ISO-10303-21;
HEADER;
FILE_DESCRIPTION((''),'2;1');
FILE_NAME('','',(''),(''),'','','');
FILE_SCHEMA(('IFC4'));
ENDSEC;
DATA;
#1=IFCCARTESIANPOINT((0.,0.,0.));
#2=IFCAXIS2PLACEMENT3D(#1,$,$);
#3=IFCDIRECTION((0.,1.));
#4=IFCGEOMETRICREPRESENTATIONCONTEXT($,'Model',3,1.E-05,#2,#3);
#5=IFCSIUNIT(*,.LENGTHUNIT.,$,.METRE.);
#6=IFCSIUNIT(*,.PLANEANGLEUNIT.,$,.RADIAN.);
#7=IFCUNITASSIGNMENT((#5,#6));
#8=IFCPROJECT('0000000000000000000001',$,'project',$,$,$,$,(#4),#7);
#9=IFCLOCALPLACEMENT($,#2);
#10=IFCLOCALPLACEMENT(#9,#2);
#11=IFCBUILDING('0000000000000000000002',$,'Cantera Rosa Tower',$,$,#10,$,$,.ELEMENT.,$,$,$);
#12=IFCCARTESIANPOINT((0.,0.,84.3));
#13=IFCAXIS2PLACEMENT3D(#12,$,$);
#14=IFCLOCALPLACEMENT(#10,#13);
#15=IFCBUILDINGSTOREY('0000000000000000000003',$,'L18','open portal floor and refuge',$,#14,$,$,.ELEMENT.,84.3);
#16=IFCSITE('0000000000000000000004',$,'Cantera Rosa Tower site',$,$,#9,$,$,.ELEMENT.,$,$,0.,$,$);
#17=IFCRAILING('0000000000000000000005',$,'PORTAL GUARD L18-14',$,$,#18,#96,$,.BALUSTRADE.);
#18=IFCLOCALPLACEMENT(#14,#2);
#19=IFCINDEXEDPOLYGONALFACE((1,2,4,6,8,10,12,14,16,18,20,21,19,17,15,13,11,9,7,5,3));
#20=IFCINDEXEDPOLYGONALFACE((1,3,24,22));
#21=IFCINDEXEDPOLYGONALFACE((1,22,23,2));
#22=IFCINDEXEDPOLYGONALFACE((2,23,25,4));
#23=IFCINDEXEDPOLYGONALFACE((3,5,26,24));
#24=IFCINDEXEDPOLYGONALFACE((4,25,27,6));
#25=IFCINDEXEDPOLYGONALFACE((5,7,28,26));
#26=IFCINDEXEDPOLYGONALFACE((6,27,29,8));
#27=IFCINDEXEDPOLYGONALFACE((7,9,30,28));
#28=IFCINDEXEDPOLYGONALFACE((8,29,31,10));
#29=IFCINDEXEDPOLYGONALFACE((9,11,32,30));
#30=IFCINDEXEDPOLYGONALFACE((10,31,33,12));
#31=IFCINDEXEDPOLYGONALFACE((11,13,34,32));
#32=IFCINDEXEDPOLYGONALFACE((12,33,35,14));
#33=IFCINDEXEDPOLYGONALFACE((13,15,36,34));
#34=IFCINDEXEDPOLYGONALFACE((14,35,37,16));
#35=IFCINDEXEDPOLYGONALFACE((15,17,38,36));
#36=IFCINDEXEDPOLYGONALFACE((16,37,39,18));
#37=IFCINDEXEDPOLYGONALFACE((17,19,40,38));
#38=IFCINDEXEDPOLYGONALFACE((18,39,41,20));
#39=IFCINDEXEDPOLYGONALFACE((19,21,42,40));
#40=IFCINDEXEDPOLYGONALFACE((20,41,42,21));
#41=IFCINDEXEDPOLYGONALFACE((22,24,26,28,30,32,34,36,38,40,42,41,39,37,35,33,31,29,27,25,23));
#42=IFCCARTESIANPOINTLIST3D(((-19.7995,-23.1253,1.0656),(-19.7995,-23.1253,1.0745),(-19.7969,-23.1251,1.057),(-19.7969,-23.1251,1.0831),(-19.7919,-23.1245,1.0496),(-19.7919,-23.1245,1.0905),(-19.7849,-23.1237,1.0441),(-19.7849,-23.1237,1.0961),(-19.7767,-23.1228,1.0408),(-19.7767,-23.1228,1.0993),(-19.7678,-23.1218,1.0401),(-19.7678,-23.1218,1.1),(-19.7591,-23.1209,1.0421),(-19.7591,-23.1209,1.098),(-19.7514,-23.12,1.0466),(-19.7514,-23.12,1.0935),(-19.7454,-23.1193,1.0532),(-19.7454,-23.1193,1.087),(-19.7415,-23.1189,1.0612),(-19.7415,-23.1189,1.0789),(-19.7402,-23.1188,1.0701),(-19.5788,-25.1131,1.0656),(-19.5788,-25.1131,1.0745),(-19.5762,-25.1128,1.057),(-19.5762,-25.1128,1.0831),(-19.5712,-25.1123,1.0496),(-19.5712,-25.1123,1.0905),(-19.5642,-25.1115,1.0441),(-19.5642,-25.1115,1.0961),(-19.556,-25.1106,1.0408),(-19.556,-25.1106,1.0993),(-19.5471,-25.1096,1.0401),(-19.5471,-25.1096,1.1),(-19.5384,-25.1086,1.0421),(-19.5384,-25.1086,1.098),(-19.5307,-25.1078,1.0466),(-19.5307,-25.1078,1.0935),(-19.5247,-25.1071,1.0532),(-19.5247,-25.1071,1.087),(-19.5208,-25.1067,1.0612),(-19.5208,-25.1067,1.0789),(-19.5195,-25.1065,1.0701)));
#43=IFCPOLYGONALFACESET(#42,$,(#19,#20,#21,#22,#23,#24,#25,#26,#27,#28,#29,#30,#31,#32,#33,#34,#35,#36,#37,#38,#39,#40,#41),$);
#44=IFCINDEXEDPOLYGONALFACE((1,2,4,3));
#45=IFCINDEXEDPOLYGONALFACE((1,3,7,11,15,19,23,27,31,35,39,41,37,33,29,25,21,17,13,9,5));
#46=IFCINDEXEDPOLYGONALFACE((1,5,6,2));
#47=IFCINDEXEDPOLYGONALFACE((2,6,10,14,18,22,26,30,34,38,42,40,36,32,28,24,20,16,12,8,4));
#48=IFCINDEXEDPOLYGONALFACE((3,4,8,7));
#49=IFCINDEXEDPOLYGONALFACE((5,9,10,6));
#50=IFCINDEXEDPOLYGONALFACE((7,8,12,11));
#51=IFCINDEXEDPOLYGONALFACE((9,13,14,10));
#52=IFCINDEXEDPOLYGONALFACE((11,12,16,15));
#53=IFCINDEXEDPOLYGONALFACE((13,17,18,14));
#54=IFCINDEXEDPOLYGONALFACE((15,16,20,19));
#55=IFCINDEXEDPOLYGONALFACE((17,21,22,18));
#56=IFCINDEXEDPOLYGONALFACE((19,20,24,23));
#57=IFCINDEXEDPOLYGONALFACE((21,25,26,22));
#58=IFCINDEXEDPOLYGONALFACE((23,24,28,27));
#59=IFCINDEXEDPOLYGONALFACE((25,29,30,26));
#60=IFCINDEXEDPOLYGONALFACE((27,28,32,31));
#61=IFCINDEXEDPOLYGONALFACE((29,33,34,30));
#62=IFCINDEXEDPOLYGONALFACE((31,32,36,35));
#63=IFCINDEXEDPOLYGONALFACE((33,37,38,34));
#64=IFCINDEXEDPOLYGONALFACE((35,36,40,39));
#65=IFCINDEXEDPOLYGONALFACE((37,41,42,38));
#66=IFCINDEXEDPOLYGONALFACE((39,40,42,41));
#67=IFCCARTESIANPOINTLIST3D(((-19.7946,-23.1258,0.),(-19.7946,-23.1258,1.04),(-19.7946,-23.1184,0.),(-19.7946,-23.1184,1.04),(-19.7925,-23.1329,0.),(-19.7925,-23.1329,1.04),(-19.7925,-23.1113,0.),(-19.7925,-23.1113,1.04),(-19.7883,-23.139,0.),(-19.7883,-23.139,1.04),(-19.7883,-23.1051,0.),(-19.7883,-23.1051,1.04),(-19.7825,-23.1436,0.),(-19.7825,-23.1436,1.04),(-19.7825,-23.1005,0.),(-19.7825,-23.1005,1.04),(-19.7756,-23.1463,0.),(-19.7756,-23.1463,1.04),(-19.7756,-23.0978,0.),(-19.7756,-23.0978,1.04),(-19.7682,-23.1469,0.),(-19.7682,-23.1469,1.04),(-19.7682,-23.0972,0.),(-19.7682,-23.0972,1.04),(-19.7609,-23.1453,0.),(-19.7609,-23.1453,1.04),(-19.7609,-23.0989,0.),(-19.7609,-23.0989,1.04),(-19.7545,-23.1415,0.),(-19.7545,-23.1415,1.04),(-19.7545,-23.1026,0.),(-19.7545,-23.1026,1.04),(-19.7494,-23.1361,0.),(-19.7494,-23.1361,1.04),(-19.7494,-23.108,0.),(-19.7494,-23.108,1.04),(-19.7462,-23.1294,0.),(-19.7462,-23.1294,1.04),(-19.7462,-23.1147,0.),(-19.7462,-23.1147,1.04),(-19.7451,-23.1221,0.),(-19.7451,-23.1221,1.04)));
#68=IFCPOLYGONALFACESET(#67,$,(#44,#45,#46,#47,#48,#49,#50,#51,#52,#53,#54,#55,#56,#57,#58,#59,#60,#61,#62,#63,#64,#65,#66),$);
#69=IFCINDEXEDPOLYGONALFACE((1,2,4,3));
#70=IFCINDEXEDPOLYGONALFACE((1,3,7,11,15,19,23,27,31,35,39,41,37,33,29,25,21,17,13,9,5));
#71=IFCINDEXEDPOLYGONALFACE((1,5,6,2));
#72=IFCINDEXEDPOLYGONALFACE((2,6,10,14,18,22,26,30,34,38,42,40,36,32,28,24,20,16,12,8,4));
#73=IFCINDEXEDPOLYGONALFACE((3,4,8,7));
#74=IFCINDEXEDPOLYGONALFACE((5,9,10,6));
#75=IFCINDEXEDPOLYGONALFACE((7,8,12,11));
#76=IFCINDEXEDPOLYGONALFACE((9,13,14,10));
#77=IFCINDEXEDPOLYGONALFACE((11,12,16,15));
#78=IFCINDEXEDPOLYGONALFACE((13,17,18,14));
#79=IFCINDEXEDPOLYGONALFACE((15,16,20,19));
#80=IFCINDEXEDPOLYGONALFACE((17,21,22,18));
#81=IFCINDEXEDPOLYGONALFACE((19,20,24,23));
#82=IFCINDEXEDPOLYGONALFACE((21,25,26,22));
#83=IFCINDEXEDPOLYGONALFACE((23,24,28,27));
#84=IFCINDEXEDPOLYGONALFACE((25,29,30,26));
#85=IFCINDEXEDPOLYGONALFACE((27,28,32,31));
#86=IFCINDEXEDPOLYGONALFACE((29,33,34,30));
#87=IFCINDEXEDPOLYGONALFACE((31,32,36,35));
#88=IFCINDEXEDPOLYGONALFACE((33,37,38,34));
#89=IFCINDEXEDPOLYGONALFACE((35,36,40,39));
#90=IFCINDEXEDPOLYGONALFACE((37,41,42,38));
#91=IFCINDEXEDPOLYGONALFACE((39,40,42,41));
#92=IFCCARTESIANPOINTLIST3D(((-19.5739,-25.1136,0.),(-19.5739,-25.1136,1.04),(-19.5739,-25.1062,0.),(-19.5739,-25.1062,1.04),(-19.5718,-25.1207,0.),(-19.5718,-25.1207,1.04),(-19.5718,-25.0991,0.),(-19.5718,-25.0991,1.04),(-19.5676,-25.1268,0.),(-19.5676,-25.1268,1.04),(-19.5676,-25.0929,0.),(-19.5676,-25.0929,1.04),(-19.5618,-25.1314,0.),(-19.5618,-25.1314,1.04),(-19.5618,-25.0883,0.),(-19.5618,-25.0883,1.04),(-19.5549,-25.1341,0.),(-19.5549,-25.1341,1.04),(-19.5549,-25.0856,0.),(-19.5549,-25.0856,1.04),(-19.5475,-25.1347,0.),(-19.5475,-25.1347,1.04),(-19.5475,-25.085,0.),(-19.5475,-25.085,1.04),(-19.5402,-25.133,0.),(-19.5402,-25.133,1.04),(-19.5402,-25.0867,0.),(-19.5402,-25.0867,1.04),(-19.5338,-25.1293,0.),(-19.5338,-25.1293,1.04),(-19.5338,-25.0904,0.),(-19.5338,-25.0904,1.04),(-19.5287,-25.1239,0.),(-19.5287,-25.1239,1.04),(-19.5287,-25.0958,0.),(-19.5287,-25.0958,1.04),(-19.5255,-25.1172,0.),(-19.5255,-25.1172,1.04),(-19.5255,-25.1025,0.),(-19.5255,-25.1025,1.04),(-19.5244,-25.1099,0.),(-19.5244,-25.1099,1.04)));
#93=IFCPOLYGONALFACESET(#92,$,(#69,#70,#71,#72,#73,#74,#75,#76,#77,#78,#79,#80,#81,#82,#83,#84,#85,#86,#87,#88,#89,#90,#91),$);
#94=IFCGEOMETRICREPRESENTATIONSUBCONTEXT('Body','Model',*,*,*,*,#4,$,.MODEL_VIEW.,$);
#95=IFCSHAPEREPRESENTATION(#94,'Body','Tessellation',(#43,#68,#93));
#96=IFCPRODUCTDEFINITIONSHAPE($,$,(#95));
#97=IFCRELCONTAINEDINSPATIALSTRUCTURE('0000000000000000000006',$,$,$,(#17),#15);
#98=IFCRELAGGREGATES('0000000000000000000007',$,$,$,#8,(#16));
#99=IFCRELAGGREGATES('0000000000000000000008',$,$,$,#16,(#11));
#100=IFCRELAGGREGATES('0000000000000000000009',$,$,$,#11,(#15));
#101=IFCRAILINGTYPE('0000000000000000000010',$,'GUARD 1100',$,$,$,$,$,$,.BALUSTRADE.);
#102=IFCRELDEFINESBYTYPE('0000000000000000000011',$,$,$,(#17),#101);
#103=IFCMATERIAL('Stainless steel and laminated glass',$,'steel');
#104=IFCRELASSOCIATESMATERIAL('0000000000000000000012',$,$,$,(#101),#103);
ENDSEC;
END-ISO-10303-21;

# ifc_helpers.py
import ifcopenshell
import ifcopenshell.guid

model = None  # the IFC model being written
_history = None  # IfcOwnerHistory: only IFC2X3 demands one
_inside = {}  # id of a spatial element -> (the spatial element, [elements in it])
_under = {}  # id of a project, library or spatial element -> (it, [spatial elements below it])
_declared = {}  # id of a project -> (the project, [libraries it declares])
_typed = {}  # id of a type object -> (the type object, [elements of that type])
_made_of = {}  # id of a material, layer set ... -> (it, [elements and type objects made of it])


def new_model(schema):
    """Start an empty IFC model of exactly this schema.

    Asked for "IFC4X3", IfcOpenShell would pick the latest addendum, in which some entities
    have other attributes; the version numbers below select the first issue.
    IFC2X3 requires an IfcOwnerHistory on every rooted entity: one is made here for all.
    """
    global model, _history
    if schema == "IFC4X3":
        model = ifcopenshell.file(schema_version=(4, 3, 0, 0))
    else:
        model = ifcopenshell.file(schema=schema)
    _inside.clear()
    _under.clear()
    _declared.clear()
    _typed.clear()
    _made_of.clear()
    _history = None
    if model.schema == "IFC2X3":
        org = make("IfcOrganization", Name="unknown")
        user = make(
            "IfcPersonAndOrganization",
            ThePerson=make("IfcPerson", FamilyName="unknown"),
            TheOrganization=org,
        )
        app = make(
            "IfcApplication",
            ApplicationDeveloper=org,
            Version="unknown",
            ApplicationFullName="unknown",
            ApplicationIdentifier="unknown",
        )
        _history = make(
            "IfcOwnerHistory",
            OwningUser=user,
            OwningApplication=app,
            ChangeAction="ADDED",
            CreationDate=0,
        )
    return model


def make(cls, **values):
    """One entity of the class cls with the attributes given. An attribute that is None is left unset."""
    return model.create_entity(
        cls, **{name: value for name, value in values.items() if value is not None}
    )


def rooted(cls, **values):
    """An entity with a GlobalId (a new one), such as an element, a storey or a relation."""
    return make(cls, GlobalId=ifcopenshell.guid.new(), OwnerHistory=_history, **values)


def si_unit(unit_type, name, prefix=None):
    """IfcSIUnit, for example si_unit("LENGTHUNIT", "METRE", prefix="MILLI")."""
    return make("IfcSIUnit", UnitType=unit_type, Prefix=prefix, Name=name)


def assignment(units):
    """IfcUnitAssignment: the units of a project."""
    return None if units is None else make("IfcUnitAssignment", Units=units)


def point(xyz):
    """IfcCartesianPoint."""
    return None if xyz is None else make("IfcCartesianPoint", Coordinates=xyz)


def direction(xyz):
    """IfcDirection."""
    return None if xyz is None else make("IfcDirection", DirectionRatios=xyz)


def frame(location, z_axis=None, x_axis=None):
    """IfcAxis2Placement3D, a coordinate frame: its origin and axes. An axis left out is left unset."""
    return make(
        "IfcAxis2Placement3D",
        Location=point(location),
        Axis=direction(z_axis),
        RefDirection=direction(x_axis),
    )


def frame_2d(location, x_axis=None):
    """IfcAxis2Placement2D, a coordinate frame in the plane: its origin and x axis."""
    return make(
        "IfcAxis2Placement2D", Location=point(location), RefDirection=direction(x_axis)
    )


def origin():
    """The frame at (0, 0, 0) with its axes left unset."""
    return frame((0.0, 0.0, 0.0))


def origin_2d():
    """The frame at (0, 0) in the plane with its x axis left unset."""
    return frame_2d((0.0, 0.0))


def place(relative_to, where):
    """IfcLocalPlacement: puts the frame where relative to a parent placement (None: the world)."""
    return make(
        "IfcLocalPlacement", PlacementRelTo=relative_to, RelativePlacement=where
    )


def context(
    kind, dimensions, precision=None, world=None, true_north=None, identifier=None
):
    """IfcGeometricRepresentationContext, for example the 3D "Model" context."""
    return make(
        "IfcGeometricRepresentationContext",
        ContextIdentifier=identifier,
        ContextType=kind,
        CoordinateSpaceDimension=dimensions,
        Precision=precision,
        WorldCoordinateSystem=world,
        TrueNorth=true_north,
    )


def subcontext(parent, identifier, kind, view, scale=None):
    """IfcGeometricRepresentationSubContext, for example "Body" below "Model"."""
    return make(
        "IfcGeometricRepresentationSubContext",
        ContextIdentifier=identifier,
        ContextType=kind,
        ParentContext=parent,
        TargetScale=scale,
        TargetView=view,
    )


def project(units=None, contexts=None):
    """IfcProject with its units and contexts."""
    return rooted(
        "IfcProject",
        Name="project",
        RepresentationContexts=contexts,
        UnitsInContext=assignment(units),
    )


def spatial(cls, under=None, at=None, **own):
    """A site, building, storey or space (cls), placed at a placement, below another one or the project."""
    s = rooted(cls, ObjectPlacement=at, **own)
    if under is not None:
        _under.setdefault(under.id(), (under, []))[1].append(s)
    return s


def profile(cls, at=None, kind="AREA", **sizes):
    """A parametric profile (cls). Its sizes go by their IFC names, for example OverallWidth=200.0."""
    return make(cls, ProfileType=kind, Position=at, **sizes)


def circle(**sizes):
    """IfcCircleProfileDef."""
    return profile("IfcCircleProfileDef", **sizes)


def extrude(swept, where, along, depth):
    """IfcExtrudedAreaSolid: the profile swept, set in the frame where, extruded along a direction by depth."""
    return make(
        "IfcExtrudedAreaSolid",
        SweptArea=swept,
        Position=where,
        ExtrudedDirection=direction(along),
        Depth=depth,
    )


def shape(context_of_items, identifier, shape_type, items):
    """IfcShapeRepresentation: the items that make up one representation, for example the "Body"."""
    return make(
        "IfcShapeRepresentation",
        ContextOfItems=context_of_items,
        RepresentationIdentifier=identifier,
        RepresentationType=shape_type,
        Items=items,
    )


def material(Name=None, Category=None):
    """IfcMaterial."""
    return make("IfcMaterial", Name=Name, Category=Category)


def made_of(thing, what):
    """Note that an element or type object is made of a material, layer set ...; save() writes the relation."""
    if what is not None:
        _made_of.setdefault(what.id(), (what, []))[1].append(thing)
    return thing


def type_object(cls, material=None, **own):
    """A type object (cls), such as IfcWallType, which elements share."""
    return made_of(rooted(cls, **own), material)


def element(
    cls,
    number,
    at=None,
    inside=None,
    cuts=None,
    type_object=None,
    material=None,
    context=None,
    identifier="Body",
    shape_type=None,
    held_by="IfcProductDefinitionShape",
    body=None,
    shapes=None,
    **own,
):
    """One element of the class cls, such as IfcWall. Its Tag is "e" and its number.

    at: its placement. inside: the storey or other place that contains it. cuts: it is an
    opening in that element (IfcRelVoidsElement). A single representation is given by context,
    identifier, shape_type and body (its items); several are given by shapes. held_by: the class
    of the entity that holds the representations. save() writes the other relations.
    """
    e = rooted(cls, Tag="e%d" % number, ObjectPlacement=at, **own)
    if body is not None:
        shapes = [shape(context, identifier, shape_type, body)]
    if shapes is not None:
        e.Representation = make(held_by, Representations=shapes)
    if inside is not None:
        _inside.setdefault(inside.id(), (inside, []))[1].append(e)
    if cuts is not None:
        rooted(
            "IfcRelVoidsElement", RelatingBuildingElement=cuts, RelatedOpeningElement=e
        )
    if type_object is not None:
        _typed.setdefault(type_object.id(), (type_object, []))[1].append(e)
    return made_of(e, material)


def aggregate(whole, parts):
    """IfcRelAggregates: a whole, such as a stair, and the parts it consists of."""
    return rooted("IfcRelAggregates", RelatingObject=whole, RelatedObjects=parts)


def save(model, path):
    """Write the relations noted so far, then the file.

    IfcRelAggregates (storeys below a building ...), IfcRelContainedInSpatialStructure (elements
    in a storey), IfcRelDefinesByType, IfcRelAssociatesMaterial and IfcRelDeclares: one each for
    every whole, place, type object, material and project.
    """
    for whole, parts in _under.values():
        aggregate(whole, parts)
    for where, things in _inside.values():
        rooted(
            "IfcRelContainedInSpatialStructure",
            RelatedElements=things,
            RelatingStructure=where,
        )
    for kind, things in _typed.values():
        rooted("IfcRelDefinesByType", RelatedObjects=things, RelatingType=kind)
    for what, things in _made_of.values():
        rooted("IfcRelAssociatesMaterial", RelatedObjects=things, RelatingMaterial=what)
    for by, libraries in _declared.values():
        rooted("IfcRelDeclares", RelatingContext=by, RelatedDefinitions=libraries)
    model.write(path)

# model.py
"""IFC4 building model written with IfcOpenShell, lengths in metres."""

from ifc_helpers import new_model, si_unit, direction, frame, origin, origin_2d, place, context, subcontext, project, spatial, circle, extrude, material, type_object, element, save


model = new_model("IFC4")

# Units and contexts
model_context = context("Model", 3, precision=1e-05, world=origin(), true_north=direction((0.0, 1.0)))
body_context = subcontext(model_context, "Body", "Model", "MODEL_VIEW")
ifc_project = project(units=[si_unit("LENGTHUNIT", "METRE"), si_unit("PLANEANGLEUNIT", "RADIAN")], contexts=[model_context])

# Site, building, storey
site_placement = place(None, origin())
site = spatial("IfcSite", under=ifc_project, at=site_placement, Name="Cantera Rosa Tower site", CompositionType="ELEMENT", RefElevation=0.0)
building_placement = place(site_placement, origin())
building = spatial("IfcBuilding", under=site, at=building_placement, Name="Cantera Rosa Tower", CompositionType="ELEMENT")
storey_placement = place(building_placement, frame((0.0, 0.0, 84.3)))
storey = spatial("IfcBuildingStorey", under=building, at=storey_placement, Name="L18", Description="open portal floor and refuge", CompositionType="ELEMENT", Elevation=84.3)

# Railing
ifc_material_1 = material(Name="Stainless steel and laminated glass", Category="steel")
railing_type = type_object("IfcRailingType", Name="GUARD 1100", PredefinedType="BALUSTRADE", material=ifc_material_1)
railing_1_placement = place(storey_placement, frame((-19.77, -23.1221, 0.0)))
element("IfcRailing", 1, at=railing_1_placement, inside=storey, type_object=railing_type, Name="PORTAL GUARD L18-14", PredefinedType="BALUSTRADE", context=body_context, shape_type="SweptSolid", body=[
    extrude(circle(Radius=0.03, at=origin_2d()), frame((0.0, 0.0, 1.0701), z_axis=(0.110351, -0.993893, 0.0), x_axis=(0.993893, 0.110351, 0.0)), (0.0, 0.0, 1.0), 2.0),
    extrude(circle(Radius=0.0249, at=origin_2d()), origin(), (0.0, 0.0, 1.0), 1.04),
    extrude(circle(Radius=0.0249, at=origin_2d()), frame((0.2207, -1.9878, 0.0)), (0.0, 0.0, 1.0), 1.04),
])

save(model, "model.ifc")
